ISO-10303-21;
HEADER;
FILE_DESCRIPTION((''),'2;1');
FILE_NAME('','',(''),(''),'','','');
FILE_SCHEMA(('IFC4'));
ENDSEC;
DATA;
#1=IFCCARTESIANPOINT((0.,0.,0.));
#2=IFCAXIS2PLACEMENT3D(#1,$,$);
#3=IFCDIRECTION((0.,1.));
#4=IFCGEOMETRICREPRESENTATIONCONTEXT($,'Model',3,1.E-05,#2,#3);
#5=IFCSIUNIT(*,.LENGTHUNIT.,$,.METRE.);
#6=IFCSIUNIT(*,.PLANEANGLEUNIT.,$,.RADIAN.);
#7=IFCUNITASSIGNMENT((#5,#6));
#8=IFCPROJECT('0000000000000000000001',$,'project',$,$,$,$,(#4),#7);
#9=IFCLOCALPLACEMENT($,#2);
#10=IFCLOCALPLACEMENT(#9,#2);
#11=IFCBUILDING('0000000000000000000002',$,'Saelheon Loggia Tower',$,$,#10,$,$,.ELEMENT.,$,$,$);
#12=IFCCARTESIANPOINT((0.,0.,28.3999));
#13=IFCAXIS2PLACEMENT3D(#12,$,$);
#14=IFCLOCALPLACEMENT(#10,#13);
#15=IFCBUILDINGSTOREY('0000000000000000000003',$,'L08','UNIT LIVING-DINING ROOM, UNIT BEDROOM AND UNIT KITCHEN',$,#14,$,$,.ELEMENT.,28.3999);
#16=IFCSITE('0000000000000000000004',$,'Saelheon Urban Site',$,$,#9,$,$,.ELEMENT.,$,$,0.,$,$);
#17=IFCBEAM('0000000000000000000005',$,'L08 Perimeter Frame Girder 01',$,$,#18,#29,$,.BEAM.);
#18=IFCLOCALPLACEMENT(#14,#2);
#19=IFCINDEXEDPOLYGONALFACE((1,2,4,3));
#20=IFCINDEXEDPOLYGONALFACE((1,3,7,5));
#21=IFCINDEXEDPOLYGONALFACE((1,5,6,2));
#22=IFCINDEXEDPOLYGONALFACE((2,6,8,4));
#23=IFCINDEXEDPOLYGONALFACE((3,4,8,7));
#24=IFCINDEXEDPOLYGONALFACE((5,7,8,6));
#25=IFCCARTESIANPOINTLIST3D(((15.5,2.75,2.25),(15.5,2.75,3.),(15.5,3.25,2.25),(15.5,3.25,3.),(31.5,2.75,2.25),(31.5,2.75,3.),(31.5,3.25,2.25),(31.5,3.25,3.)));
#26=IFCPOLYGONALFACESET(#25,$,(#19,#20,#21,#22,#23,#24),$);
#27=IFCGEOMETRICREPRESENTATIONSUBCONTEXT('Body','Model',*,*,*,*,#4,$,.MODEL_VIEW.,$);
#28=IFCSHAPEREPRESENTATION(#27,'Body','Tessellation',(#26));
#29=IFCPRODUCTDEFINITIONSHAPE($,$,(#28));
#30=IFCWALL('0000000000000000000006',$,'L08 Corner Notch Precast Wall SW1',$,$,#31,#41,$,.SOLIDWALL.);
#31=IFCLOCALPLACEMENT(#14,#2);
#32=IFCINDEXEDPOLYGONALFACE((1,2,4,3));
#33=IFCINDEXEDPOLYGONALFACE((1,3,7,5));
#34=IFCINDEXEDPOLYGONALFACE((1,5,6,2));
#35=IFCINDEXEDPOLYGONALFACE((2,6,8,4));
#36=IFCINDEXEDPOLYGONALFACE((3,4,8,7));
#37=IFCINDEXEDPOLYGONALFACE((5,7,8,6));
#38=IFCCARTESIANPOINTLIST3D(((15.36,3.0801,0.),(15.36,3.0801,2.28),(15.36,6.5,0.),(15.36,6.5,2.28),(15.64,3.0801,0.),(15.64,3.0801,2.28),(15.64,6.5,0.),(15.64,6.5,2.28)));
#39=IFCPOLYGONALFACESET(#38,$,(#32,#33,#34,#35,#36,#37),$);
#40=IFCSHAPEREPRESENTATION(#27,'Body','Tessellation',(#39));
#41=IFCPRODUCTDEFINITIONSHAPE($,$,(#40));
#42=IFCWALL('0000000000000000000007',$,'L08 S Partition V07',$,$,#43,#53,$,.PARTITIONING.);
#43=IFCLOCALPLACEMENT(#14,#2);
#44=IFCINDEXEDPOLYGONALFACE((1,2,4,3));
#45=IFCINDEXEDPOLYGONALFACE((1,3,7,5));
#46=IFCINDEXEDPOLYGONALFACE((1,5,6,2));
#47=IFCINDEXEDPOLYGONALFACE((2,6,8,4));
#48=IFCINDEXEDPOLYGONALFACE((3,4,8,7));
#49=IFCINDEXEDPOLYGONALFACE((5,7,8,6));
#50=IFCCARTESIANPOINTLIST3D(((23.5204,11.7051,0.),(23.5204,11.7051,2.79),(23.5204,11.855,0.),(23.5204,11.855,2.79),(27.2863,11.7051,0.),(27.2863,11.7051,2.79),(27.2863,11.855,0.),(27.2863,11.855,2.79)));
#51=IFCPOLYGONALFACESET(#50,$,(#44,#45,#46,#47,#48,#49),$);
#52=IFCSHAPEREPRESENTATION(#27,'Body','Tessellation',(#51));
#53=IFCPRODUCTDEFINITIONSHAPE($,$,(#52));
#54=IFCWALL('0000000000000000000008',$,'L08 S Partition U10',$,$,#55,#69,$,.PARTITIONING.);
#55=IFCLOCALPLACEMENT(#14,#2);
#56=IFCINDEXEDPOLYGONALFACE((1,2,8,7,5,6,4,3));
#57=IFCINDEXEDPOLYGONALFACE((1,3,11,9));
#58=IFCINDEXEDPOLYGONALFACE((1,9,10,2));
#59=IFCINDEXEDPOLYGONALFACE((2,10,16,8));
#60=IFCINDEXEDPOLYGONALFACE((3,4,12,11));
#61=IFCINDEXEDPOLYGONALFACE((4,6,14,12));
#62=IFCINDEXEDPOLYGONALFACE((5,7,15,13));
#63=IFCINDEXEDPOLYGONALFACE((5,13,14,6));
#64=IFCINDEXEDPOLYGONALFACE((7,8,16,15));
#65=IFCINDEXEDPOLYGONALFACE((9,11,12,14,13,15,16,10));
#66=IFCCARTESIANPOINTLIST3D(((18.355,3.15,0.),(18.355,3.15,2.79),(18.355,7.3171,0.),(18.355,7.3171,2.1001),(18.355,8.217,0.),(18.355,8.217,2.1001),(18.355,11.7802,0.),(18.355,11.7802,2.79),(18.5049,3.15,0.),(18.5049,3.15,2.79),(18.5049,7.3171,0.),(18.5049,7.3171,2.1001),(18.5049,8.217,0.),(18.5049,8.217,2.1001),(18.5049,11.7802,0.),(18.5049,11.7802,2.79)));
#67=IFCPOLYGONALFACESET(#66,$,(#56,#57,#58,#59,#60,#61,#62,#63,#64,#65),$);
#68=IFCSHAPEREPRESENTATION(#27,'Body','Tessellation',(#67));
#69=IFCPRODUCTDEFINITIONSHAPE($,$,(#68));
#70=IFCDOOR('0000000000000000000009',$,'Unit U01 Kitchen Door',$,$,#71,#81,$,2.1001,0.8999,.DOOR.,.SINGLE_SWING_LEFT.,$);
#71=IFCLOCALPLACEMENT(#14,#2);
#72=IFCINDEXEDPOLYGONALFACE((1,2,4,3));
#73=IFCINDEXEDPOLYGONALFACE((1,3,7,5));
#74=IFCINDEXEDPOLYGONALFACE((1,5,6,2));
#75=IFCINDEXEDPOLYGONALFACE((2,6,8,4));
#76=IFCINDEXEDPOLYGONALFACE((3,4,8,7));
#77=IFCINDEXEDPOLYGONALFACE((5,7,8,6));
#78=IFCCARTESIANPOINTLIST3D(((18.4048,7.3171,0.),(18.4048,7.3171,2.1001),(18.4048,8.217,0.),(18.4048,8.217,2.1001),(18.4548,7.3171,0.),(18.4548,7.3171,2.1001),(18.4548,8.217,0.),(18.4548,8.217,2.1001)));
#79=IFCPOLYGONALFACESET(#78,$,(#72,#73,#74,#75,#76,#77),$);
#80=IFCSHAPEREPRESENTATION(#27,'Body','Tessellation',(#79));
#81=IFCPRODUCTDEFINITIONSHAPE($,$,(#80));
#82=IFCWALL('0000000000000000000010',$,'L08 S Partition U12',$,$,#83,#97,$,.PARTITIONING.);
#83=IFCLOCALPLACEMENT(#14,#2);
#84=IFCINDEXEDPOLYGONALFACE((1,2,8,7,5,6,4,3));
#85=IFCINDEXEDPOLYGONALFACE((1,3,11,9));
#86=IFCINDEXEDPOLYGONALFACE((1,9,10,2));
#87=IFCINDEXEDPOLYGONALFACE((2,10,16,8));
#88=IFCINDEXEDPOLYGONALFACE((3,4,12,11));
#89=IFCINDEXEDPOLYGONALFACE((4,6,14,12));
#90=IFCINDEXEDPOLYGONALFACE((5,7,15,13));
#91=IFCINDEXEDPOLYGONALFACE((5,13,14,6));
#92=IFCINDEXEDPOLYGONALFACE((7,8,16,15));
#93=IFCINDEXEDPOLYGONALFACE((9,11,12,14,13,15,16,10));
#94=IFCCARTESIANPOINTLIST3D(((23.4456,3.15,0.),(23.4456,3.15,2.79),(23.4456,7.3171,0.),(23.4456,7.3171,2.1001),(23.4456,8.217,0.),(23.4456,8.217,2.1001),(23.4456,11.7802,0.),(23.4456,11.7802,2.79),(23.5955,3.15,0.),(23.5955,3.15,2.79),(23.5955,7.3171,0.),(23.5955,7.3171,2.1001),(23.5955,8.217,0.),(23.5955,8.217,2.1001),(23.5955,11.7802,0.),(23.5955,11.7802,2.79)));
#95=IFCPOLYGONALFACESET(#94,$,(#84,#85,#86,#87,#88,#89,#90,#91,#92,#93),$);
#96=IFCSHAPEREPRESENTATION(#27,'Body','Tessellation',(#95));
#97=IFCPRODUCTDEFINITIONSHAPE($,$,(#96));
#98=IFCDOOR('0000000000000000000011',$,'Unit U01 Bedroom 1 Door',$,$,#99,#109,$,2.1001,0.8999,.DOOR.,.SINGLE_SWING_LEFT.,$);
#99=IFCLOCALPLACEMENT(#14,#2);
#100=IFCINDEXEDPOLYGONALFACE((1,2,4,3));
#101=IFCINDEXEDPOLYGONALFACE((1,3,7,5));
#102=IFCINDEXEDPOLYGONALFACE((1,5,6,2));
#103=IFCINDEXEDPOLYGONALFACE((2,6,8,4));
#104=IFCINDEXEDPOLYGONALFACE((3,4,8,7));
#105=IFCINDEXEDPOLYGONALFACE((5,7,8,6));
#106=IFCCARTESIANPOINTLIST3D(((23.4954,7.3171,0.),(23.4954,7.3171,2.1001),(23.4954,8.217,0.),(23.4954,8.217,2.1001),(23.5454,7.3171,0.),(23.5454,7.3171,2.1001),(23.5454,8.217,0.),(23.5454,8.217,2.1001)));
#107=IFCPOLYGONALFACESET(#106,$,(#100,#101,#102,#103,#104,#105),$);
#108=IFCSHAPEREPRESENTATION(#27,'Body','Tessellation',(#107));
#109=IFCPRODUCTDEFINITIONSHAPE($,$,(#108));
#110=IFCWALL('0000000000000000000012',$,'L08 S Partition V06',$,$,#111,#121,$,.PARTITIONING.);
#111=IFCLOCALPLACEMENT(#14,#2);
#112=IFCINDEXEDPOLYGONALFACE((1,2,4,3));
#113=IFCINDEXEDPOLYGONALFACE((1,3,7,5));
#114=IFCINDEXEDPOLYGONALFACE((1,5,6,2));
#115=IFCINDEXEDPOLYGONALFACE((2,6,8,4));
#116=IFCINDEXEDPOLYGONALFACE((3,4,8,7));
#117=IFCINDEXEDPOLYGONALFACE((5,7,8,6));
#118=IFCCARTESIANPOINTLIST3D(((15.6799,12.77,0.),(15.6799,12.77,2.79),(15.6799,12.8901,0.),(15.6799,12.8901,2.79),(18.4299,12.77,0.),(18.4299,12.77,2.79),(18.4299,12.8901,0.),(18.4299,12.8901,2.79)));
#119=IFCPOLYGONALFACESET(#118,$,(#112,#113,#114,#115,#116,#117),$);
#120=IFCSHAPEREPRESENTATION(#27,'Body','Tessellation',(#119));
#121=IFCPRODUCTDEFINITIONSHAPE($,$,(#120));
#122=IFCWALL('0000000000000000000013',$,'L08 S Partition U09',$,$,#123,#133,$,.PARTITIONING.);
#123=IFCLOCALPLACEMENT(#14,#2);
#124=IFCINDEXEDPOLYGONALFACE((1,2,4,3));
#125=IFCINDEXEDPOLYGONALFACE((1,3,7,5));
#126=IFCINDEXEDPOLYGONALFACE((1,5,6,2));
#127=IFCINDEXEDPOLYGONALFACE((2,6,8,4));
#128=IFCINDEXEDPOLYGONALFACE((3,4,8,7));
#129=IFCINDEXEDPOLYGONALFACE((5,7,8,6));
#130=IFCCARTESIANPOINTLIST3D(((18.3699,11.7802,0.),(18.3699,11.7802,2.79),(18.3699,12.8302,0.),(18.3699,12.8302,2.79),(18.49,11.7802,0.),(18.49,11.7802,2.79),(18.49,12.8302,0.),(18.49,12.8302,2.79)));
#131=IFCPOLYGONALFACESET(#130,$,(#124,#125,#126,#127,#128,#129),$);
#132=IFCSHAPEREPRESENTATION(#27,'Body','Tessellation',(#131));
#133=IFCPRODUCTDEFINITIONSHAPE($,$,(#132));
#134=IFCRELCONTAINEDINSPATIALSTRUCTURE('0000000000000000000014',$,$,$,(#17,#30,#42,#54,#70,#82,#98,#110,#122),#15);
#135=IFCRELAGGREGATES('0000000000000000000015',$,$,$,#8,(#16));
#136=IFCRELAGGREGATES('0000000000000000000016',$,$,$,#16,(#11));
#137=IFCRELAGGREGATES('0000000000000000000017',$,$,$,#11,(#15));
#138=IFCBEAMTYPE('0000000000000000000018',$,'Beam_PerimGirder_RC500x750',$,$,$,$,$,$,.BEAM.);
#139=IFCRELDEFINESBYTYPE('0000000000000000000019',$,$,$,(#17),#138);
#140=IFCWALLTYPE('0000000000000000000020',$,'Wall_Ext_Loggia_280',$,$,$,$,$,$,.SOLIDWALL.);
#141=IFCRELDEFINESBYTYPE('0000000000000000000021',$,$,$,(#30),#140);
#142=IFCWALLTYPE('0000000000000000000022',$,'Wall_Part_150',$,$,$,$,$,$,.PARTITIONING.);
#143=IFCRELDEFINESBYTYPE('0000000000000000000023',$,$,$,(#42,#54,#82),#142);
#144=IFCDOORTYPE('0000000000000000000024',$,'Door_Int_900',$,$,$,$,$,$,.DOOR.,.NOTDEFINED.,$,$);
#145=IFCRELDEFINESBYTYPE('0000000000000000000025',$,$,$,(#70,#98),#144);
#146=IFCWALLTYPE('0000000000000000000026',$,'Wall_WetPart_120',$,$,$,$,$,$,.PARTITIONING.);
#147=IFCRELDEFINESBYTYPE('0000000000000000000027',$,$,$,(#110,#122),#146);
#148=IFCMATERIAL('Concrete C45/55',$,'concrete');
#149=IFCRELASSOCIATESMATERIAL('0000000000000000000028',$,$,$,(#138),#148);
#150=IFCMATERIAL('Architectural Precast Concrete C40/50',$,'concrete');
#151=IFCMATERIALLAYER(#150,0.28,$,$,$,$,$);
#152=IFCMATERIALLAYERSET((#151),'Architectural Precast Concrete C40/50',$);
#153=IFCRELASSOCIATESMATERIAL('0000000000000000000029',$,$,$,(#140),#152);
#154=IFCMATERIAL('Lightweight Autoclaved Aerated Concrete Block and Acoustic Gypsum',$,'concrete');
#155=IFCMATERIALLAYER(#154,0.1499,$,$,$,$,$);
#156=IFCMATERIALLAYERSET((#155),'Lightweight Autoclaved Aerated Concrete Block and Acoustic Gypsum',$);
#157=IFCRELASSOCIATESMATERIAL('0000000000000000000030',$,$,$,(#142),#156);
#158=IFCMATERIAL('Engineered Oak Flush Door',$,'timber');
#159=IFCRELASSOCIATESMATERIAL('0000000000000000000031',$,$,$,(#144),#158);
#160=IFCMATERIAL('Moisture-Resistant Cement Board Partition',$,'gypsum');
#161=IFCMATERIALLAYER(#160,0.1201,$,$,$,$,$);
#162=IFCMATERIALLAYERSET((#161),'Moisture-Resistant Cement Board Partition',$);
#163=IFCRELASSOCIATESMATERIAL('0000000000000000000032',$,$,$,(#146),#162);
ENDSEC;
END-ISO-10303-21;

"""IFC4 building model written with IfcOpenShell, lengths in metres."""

from ifc_helpers import new_model, si_unit, direction, frame, frame_2d, origin, origin_2d, place, context, subcontext, project, spatial, rectangle, extrude, source, transform, mapped, material, layer, layer_set, material_profile, profile_set, type_object, element, fill, save


model = new_model("IFC4")

# Units and contexts
model_context = context("Model", 3, precision=1e-05, world=origin(), true_north=direction((0.0, 1.0)))
body_context = subcontext(model_context, "Body", "Model", "MODEL_VIEW")
ifc_project = project(units=[si_unit("LENGTHUNIT", "METRE"), si_unit("PLANEANGLEUNIT", "RADIAN")], contexts=[model_context])

# Site, building, storey
site_placement = place(None, origin())
site = spatial("IfcSite", under=ifc_project, at=site_placement, Name="Saelheon Urban Site", CompositionType="ELEMENT", RefElevation=0.0)
building_placement = place(site_placement, origin())
building = spatial("IfcBuilding", under=site, at=building_placement, Name="Saelheon Loggia Tower", CompositionType="ELEMENT")
storey_placement = place(building_placement, frame((0.0, 0.0, 28.3999)))
storey = spatial("IfcBuildingStorey", under=building, at=storey_placement, Name="L08", Description="UNIT LIVING-DINING ROOM, UNIT BEDROOM AND UNIT KITCHEN", CompositionType="ELEMENT", Elevation=28.3999)

# Beam
ifc_material_1 = material(Name="Concrete C45/55", Category="concrete")
ifc_material_profile = material_profile(ifc_material_1, rectangle(XDim=0.5, YDim=0.75, at=origin_2d()), Name="RC-500x750")
ifc_profile_set = profile_set([ifc_material_profile], Name="Concrete C45/55")
beam_type = type_object("IfcBeamType", Name="Beam_PerimGirder_RC500x750", PredefinedType="BEAM", material=ifc_profile_set)
shared_shape_1 = source(origin(), body_context, "Body", "SweptSolid", [
    extrude(rectangle(XDim=0.5, YDim=0.75, at=origin_2d()), origin(), (0.0, 0.0, 1.0), 16.0),
])
beam_placement = place(storey_placement, frame((15.5, 3.0, 2.625), z_axis=(1.0, 0.0, 0.0), x_axis=(0.0, 1.0, 0.0)))
element("IfcBeam", 1, at=beam_placement, inside=storey, type_object=beam_type, Name="L08 Perimeter Frame Girder 01", PredefinedType="BEAM", context=body_context, shape_type="MappedRepresentation", body=[
    mapped(shared_shape_1, transform((0.0, 0.0, 0.0), scale=1.0)),
])

# Shared definitions
ifc_material_2 = material(Name="Architectural Precast Concrete C40/50", Category="concrete")
ifc_layer_1 = layer(ifc_material_2, 0.28)
ifc_layer_set_1 = layer_set([ifc_layer_1], Name="Architectural Precast Concrete C40/50")
wall_type_1 = type_object("IfcWallType", Name="Wall_Ext_Loggia_280", PredefinedType="SOLIDWALL", material=ifc_layer_set_1)

# Walls
wall_1_placement = place(storey_placement, frame((15.5, 3.0801, 0.0), z_axis=(0.0, 0.0, 1.0), x_axis=(0.0, 1.0, 0.0)))
element("IfcWall", 2, at=wall_1_placement, inside=storey, type_object=wall_type_1, Name="L08 Corner Notch Precast Wall SW1", PredefinedType="SOLIDWALL", context=body_context, shape_type="SweptSolid", body=[
    extrude(rectangle(XDim=3.4199, YDim=0.28, at=frame_2d((1.71, 0.0))), origin(), (0.0, 0.0, 1.0), 2.28),
])
ifc_material_3 = material(Name="Lightweight Autoclaved Aerated Concrete Block and Acoustic Gypsum", Category="concrete")
ifc_layer_2 = layer(ifc_material_3, 0.1499)
ifc_layer_set_2 = layer_set([ifc_layer_2], Name="Lightweight Autoclaved Aerated Concrete Block and Acoustic Gypsum")
wall_type_2 = type_object("IfcWallType", Name="Wall_Part_150", PredefinedType="PARTITIONING", material=ifc_layer_set_2)
wall_2_placement = place(storey_placement, frame((23.5205, 11.78, 0.0), z_axis=(0.0, 0.0, 1.0), x_axis=(1.0, 0.0, 0.0)))
element("IfcWall", 3, at=wall_2_placement, inside=storey, type_object=wall_type_2, Name="L08 S Partition V07", PredefinedType="PARTITIONING", context=body_context, shape_type="SweptSolid", body=[
    extrude(rectangle(XDim=3.7659, YDim=0.1499, at=frame_2d((1.8828, 0.0))), origin(), (0.0, 0.0, 1.0), 2.79),
])

# Walls, openings, doors
wall_3_placement = place(storey_placement, frame((18.4299, 11.78, 0.0), z_axis=(0.0, 0.0, 1.0), x_axis=(0.0, -1.0, 0.0)))
wall_3 = element("IfcWall", 4, at=wall_3_placement, inside=storey, type_object=wall_type_2, Name="L08 S Partition U10", PredefinedType="PARTITIONING", context=body_context, shape_type="SweptSolid", body=[
    extrude(rectangle(XDim=8.6301, YDim=0.1499, at=frame_2d((4.3149, 0.0))), origin(), (0.0, 0.0, 1.0), 2.79),
])
opening_1_placement = place(wall_3_placement, frame((3.563, 0.0, 0.0)))
opening_1 = element("IfcOpeningElement", 5, at=opening_1_placement, cuts=wall_3, PredefinedType="OPENING", context=body_context, shape_type="SweptSolid", body=[
    extrude(rectangle(XDim=0.8999, YDim=2.1001, at=frame_2d((0.45, 1.05))), frame((0.0, 0.0869, 0.0), z_axis=(0.0, -1.0, 0.0), x_axis=(1.0, 0.0, 0.0)), (0.0, 0.0, 1.0), 0.1738),
])
ifc_material_4 = material(Name="Engineered Oak Flush Door", Category="timber")
door_type_1 = type_object("IfcDoorType", Name="Door_Int_900", OperationType="NOTDEFINED", PredefinedType="DOOR", material=ifc_material_4)
shared_shape_2 = source(origin(), body_context, "Body", "SweptSolid", [
    extrude(rectangle(XDim=0.8999, YDim=2.1001, at=frame_2d((0.45, 1.05))), frame((0.0, 0.0249, 0.0), z_axis=(0.0, -1.0, 0.0), x_axis=(1.0, 0.0, 0.0)), (0.0, 0.0, 1.0), 0.05),
])
door_1_placement = place(opening_1_placement, origin())
door_1 = element("IfcDoor", 6, at=door_1_placement, inside=storey, type_object=door_type_1, Name="Unit U01 Kitchen Door", OperationType="SINGLE_SWING_LEFT", OverallHeight=2.1001, OverallWidth=0.8999, PredefinedType="DOOR", context=body_context, shape_type="MappedRepresentation", body=[
    mapped(shared_shape_2, transform((0.0, 0.0, 0.0), scale=1.0)),
])
fill(opening_1, door_1)
wall_4_placement = place(storey_placement, frame((23.5205, 11.78, 0.0), z_axis=(0.0, 0.0, 1.0), x_axis=(0.0, -1.0, 0.0)))
wall_4 = element("IfcWall", 7, at=wall_4_placement, inside=storey, type_object=wall_type_2, Name="L08 S Partition U12", PredefinedType="PARTITIONING", context=body_context, shape_type="SweptSolid", body=[
    extrude(rectangle(XDim=8.6301, YDim=0.1499, at=frame_2d((4.3149, 0.0))), origin(), (0.0, 0.0, 1.0), 2.79),
])
opening_2_placement = place(wall_4_placement, frame((3.563, 0.0, 0.0)))
opening_2 = element("IfcOpeningElement", 8, at=opening_2_placement, cuts=wall_4, PredefinedType="OPENING", context=body_context, shape_type="SweptSolid", body=[
    extrude(rectangle(XDim=0.8999, YDim=2.1001, at=frame_2d((0.45, 1.05))), frame((0.0, 0.0869, 0.0), z_axis=(0.0, -1.0, 0.0), x_axis=(1.0, 0.0, 0.0)), (0.0, 0.0, 1.0), 0.1738),
])
door_2_placement = place(opening_2_placement, origin())
door_2 = element("IfcDoor", 9, at=door_2_placement, inside=storey, type_object=door_type_1, Name="Unit U01 Bedroom 1 Door", OperationType="SINGLE_SWING_LEFT", OverallHeight=2.1001, OverallWidth=0.8999, PredefinedType="DOOR", context=body_context, shape_type="MappedRepresentation", body=[
    mapped(shared_shape_2, transform((0.0, 0.0, 0.0), scale=1.0)),
])
fill(opening_2, door_2)

# Walls
ifc_material_5 = material(Name="Moisture-Resistant Cement Board Partition", Category="gypsum")
ifc_layer_3 = layer(ifc_material_5, 0.1201)
ifc_layer_set_3 = layer_set([ifc_layer_3], Name="Moisture-Resistant Cement Board Partition")
wall_type_3 = type_object("IfcWallType", Name="Wall_WetPart_120", PredefinedType="PARTITIONING", material=ifc_layer_set_3)
wall_5_placement = place(storey_placement, frame((15.6799, 12.8301, 0.0), z_axis=(0.0, 0.0, 1.0), x_axis=(1.0, 0.0, 0.0)))
element("IfcWall", 10, at=wall_5_placement, inside=storey, type_object=wall_type_3, Name="L08 S Partition V06", PredefinedType="PARTITIONING", context=body_context, shape_type="SweptSolid", body=[
    extrude(rectangle(XDim=2.75, YDim=0.1201, at=frame_2d((1.375, 0.0))), origin(), (0.0, 0.0, 1.0), 2.79),
])
wall_6_placement = place(storey_placement, frame((18.4299, 12.8301, 0.0), z_axis=(0.0, 0.0, 1.0), x_axis=(0.0, -1.0, 0.0)))
element("IfcWall", 11, at=wall_6_placement, inside=storey, type_object=wall_type_3, Name="L08 S Partition U09", PredefinedType="PARTITIONING", context=body_context, shape_type="SweptSolid", body=[
    extrude(rectangle(XDim=1.05, YDim=0.1201, at=frame_2d((0.5249, 0.0))), origin(), (0.0, 0.0, 1.0), 2.79),
])

save(model, "model.ifc")
